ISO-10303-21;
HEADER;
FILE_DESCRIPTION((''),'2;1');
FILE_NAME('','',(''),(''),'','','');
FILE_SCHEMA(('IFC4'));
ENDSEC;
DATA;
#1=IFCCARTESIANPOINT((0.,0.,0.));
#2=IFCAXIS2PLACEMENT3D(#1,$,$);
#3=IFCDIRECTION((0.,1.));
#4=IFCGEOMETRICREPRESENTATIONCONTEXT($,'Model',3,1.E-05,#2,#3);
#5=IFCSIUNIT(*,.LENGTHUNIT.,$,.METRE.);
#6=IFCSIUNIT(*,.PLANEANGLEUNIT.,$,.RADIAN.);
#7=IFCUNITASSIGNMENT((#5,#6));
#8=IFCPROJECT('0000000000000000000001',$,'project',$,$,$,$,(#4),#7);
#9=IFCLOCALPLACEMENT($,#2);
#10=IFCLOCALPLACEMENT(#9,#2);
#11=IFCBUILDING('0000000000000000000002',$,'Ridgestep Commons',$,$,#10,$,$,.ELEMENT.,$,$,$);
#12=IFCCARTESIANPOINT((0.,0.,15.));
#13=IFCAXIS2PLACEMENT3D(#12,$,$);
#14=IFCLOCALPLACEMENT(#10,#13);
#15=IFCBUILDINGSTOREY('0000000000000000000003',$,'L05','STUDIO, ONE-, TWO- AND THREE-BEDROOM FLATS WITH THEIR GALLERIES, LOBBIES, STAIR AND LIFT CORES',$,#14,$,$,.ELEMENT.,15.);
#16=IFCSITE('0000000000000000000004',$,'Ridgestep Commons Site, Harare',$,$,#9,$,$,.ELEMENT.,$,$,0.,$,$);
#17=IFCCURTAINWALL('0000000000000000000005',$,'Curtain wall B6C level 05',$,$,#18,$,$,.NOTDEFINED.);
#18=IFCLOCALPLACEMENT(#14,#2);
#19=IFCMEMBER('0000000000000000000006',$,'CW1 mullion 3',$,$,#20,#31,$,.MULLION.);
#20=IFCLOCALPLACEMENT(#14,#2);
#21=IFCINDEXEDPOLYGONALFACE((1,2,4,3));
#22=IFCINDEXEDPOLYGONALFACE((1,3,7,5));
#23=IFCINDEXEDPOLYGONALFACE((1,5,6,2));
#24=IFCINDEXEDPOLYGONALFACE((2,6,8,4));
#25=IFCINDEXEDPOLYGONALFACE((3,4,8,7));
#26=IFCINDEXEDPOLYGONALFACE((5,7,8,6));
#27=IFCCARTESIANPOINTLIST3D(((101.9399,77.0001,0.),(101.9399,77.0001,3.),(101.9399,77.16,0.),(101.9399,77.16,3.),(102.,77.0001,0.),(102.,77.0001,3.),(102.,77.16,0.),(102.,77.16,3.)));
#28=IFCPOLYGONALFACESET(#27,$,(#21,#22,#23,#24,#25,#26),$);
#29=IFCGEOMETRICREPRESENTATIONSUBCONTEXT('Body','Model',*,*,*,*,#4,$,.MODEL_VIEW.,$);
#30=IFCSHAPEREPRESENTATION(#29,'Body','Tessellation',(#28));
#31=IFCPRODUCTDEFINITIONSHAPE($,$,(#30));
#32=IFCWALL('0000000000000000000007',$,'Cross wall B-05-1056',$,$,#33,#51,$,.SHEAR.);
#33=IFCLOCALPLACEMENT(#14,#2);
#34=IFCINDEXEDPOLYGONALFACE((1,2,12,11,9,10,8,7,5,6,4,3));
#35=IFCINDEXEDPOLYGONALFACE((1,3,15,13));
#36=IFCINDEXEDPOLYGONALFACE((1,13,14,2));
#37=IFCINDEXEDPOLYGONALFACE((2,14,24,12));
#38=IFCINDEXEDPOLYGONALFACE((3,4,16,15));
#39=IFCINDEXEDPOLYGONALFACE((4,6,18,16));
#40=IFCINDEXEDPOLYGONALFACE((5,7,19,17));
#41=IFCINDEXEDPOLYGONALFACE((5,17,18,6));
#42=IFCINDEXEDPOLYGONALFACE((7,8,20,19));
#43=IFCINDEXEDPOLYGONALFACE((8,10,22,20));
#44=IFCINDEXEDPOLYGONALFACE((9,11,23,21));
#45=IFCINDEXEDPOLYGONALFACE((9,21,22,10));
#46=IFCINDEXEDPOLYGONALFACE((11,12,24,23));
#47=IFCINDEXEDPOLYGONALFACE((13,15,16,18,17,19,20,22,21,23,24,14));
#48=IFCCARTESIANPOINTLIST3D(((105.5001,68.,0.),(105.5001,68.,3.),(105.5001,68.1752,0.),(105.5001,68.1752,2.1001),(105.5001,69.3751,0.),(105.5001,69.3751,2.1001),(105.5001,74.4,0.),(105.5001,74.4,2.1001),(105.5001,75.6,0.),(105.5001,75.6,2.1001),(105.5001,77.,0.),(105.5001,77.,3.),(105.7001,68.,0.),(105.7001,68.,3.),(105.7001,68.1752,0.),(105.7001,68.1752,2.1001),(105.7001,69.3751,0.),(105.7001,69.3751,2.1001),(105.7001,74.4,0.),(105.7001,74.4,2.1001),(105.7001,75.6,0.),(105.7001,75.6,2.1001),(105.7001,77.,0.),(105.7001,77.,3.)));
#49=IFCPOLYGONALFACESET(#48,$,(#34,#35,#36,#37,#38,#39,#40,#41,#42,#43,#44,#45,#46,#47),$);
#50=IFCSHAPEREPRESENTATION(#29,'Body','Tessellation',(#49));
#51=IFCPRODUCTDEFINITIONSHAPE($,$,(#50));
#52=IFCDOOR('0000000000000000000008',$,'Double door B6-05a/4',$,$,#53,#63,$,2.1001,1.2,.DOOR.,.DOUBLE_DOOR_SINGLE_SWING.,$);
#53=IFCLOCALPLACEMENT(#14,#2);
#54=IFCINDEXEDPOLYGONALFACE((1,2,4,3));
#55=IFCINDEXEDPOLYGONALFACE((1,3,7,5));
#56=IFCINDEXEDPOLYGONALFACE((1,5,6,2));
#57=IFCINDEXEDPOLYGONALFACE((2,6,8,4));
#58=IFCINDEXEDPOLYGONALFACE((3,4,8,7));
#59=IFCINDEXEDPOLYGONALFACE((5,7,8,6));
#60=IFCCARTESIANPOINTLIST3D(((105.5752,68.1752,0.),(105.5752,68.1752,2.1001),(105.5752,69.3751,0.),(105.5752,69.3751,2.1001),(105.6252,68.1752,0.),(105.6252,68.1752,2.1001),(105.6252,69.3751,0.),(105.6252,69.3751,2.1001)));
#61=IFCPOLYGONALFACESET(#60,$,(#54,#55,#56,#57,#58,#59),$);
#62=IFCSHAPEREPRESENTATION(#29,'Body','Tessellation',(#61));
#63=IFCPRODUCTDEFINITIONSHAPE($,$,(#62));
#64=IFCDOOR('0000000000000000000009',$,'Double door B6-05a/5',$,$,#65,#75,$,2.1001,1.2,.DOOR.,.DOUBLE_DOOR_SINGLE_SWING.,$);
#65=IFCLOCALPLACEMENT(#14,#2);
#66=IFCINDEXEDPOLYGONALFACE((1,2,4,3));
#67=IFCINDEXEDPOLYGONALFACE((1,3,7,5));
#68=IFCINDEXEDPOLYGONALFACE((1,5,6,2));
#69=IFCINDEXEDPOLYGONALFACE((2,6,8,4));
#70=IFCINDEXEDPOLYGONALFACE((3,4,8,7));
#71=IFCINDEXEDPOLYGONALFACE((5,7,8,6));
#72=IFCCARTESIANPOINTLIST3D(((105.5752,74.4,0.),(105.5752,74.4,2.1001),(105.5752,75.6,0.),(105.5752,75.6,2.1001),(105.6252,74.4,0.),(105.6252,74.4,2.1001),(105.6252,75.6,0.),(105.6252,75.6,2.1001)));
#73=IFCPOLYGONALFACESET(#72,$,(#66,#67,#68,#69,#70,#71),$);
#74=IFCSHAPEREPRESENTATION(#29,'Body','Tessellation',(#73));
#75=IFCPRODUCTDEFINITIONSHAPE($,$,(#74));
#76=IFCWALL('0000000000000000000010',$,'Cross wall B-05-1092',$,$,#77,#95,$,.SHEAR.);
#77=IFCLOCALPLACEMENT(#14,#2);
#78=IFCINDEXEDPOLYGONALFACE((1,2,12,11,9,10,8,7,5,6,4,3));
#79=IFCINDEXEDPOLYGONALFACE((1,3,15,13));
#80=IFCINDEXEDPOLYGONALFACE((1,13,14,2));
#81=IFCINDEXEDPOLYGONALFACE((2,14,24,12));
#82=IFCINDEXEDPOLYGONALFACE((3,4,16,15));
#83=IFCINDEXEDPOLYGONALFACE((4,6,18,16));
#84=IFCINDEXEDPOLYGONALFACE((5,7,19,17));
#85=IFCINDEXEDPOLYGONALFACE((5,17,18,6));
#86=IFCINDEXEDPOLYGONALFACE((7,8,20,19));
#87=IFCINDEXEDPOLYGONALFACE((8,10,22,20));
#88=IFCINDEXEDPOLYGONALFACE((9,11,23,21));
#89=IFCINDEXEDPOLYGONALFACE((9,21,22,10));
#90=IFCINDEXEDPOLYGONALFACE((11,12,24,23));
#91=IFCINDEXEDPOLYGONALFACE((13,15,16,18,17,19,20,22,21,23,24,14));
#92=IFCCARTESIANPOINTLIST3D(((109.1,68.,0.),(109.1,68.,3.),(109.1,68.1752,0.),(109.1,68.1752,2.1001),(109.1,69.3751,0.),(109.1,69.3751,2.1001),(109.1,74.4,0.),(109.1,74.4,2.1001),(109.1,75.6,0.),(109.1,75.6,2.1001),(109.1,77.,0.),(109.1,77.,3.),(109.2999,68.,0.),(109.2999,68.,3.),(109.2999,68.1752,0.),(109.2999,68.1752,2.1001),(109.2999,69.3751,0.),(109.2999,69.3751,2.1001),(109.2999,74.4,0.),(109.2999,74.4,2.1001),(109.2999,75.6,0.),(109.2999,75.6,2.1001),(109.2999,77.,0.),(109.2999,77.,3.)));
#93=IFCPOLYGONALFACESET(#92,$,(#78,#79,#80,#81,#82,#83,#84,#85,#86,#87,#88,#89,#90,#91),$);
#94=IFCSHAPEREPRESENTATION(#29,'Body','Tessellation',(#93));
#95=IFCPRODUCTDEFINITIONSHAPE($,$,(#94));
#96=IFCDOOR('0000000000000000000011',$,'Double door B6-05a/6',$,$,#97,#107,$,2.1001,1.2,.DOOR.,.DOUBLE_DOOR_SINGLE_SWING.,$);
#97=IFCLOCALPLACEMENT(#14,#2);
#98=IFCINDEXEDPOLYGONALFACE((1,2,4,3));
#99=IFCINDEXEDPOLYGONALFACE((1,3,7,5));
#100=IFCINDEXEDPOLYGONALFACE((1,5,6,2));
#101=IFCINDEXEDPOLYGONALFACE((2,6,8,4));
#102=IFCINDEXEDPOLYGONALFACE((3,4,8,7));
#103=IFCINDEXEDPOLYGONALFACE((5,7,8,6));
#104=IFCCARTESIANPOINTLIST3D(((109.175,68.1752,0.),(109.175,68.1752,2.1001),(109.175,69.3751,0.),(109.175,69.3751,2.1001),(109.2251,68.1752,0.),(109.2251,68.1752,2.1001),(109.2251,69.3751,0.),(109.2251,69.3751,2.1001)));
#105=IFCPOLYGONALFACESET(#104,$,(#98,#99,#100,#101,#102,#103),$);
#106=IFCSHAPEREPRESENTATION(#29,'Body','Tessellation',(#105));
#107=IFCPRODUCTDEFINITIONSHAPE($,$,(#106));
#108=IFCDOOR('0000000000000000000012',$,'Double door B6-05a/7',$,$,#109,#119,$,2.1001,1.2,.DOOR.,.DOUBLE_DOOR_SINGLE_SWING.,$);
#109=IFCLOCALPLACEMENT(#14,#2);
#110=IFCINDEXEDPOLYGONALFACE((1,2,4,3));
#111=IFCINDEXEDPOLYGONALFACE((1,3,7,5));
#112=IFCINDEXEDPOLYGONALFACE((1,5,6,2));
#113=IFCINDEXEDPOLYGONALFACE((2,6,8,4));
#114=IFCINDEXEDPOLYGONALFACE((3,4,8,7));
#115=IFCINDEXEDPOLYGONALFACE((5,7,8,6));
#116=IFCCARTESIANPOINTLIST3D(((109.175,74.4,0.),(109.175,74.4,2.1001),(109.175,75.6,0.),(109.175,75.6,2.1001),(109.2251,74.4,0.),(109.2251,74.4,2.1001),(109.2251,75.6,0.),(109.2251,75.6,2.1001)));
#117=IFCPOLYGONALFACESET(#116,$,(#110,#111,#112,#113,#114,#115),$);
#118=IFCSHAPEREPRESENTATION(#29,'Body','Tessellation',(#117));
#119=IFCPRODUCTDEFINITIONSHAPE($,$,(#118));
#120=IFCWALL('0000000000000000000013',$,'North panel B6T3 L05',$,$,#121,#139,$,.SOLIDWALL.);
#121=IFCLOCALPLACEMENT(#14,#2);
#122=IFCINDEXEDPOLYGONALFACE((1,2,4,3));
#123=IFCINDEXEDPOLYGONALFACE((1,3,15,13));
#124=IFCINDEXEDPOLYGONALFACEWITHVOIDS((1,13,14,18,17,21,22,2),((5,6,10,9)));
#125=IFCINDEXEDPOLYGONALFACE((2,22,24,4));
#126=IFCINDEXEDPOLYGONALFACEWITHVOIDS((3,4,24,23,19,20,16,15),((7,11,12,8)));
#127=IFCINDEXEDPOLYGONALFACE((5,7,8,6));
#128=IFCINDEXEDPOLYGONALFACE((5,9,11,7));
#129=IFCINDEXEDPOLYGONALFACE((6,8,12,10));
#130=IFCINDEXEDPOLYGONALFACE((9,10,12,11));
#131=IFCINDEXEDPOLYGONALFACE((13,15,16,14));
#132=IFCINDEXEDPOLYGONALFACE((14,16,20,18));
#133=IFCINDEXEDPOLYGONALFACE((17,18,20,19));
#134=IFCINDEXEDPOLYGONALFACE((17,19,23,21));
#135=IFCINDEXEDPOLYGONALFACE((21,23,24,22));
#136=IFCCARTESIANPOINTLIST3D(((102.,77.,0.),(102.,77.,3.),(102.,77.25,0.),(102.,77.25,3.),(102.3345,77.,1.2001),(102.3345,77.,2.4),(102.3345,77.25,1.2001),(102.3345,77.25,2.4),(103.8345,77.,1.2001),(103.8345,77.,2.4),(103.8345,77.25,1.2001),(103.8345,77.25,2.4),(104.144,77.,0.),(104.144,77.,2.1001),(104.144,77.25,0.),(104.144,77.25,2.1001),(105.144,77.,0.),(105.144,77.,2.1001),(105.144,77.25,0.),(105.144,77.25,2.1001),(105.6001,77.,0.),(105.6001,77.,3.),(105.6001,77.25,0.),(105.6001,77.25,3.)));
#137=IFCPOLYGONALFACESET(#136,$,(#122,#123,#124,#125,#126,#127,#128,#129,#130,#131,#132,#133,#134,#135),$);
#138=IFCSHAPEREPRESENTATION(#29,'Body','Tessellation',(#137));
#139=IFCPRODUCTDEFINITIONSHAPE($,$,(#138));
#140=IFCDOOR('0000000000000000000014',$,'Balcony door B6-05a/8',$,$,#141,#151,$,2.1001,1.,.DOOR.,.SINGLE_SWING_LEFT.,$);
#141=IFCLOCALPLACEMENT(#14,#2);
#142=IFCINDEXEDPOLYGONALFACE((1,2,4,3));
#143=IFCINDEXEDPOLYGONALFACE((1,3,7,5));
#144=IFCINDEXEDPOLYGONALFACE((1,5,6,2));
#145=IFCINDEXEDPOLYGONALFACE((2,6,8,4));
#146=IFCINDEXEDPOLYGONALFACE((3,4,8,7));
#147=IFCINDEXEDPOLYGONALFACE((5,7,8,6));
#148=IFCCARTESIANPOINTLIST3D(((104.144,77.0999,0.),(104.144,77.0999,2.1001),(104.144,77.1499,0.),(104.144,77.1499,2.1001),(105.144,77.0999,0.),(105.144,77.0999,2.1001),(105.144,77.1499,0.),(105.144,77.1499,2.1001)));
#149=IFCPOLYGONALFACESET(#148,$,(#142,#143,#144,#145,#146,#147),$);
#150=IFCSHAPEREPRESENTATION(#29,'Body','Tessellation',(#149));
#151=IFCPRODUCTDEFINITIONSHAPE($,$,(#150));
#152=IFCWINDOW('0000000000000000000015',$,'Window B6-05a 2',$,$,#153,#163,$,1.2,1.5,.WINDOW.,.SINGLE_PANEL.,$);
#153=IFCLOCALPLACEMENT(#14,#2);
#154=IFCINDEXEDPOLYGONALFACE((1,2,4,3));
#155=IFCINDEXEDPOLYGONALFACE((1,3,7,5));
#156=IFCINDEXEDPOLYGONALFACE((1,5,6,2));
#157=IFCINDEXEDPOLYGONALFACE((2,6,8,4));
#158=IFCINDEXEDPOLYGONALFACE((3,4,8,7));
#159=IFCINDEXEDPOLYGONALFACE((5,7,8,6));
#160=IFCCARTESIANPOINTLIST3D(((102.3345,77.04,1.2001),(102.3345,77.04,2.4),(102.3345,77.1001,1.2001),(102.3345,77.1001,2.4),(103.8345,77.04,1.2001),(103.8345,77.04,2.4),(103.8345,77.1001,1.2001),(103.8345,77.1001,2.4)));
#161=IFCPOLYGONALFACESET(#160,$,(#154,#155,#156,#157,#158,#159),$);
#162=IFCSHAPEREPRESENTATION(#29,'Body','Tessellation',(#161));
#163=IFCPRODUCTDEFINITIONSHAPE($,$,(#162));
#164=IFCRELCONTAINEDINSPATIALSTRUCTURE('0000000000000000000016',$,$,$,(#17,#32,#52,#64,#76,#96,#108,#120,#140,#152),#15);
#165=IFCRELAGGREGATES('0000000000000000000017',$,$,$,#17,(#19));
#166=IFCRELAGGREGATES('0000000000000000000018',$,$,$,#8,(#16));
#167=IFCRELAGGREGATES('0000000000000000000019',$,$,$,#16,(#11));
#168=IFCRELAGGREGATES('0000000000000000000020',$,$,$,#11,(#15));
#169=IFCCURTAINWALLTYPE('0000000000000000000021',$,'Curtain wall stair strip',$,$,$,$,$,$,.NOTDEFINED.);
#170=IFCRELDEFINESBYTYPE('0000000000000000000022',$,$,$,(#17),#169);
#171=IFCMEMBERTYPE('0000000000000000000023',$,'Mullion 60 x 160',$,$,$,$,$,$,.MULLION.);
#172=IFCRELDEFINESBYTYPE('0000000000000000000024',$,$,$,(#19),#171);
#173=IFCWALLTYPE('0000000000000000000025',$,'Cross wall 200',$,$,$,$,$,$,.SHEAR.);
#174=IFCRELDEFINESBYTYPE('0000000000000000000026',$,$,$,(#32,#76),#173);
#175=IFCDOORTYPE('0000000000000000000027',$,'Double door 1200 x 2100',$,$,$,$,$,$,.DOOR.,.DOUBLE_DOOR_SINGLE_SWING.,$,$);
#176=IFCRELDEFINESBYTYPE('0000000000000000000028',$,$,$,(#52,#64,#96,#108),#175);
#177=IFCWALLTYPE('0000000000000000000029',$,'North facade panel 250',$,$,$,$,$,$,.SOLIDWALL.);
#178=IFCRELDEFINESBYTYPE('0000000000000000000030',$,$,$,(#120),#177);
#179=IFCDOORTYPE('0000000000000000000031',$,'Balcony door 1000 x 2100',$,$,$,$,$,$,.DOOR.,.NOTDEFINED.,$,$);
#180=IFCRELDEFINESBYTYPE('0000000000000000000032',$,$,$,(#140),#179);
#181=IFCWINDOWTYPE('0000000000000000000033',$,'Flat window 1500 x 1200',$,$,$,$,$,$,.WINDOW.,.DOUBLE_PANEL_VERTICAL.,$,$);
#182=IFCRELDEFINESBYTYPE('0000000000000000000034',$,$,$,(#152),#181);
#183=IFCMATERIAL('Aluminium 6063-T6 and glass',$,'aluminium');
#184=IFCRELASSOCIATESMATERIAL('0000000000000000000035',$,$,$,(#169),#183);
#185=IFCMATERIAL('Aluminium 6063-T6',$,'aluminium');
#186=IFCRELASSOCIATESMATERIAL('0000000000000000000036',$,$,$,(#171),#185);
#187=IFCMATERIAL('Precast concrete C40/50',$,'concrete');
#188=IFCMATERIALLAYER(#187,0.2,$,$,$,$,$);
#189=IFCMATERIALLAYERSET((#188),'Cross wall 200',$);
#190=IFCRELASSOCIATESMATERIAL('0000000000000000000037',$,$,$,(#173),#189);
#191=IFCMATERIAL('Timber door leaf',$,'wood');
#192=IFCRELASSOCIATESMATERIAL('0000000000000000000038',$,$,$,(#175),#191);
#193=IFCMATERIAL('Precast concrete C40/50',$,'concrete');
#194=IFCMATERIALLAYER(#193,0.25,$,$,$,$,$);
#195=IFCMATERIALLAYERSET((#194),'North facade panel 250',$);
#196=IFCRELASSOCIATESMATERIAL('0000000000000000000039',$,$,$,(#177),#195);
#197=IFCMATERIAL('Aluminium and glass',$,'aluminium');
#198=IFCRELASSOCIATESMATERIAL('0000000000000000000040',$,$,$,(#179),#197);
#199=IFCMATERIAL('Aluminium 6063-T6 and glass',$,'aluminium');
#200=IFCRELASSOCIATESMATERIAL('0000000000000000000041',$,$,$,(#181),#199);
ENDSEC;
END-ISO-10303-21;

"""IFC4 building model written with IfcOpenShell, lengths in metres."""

from ifc_helpers import new_model, si_unit, direction, frame, frame_2d, origin, origin_2d, place, context, subcontext, project, spatial, rectangle, extrude, material, layer, layer_set, material_profile, profile_set, type_object, element, fill, aggregate, save


model = new_model("IFC4")

# Units and contexts
model_context = context("Model", 3, precision=1e-05, world=origin(), true_north=direction((0.0, 1.0)))
body_context = subcontext(model_context, "Body", "Model", "MODEL_VIEW")
ifc_project = project(units=[si_unit("LENGTHUNIT", "METRE"), si_unit("PLANEANGLEUNIT", "RADIAN")], contexts=[model_context])

# Site, building, storey
site_placement = place(None, origin())
site = spatial("IfcSite", under=ifc_project, at=site_placement, Name="Ridgestep Commons Site, Harare", CompositionType="ELEMENT", RefElevation=0.0)
building_placement = place(site_placement, origin())
building = spatial("IfcBuilding", under=site, at=building_placement, Name="Ridgestep Commons", CompositionType="ELEMENT")
storey_placement = place(building_placement, frame((0.0, 0.0, 15.0)))
storey = spatial("IfcBuildingStorey", under=building, at=storey_placement, Name="L05", Description="STUDIO, ONE-, TWO- AND THREE-BEDROOM FLATS WITH THEIR GALLERIES, LOBBIES, STAIR AND LIFT CORES", CompositionType="ELEMENT", Elevation=15.0)

# Curtain wall, member
ifc_material_1 = material(Name="Aluminium 6063-T6 and glass", Category="aluminium")
curtain_wall_type = type_object("IfcCurtainWallType", Name="Curtain wall stair strip", PredefinedType="NOTDEFINED", material=ifc_material_1)
curtain_wall_placement = place(storey_placement, origin())
curtain_wall = element("IfcCurtainWall", 1, at=curtain_wall_placement, inside=storey, type_object=curtain_wall_type, Name="Curtain wall B6C level 05", PredefinedType="NOTDEFINED")
ifc_material_2 = material(Name="Aluminium 6063-T6", Category="aluminium")
ifc_material_profile = material_profile(ifc_material_2, rectangle(XDim=0.1599, YDim=0.0601, at=origin_2d()), Name="Mullion 60 x 160")
ifc_profile_set = profile_set([ifc_material_profile], Name="Aluminium 6063-T6")
member_type = type_object("IfcMemberType", Name="Mullion 60 x 160", PredefinedType="MULLION", material=ifc_profile_set)
member_placement = place(storey_placement, frame((101.97, 77.0801, 0.0), z_axis=(0.0, 0.0, 1.0), x_axis=(0.0, 1.0, 0.0)))
member = element("IfcMember", 2, at=member_placement, type_object=member_type, Name="CW1 mullion 3", PredefinedType="MULLION", context=body_context, shape_type="SweptSolid", body=[
    extrude(rectangle(XDim=0.1599, YDim=0.0601, at=origin_2d()), origin(), (0.0, 0.0, 1.0), 3.0),
])
aggregate(curtain_wall, [member])

# Walls, openings, doors
ifc_material_3 = material(Name="Precast concrete C40/50", Category="concrete")
ifc_layer_1 = layer(ifc_material_3, 0.2)
ifc_layer_set_1 = layer_set([ifc_layer_1], Name="Cross wall 200")
wall_type_1 = type_object("IfcWallType", Name="Cross wall 200", PredefinedType="SHEAR", material=ifc_layer_set_1)
wall_1_placement = place(storey_placement, frame((105.6001, 68.0, 0.0), z_axis=(0.0, 0.0, 1.0), x_axis=(0.0, 1.0, 0.0)))
wall_1 = element("IfcWall", 3, at=wall_1_placement, inside=storey, type_object=wall_type_1, Name="Cross wall B-05-1056", PredefinedType="SHEAR", context=body_context, shape_type="SweptSolid", body=[
    extrude(rectangle(XDim=9.0, YDim=0.2, at=frame_2d((4.5, 0.0))), origin(), (0.0, 0.0, 1.0), 3.0),
])
opening_1_placement = place(wall_1_placement, frame((0.175, 0.0, 0.0)))
opening_1 = element("IfcOpeningElement", 4, at=opening_1_placement, cuts=wall_1, PredefinedType="OPENING", context=body_context, shape_type="SweptSolid", body=[
    extrude(rectangle(XDim=1.2, YDim=2.1001, at=frame_2d((0.6001, 1.05))), frame((0.0, 0.1099, 0.0), z_axis=(0.0, -1.0, 0.0), x_axis=(1.0, 0.0, 0.0)), (0.0, 0.0, 1.0), 0.22),
])
opening_2_placement = place(wall_1_placement, frame((6.3999, 0.0, 0.0)))
opening_2 = element("IfcOpeningElement", 5, at=opening_2_placement, cuts=wall_1, PredefinedType="OPENING", context=body_context, shape_type="SweptSolid", body=[
    extrude(rectangle(XDim=1.2, YDim=2.1001, at=frame_2d((0.6001, 1.05))), frame((0.0, 0.1099, 0.0), z_axis=(0.0, -1.0, 0.0), x_axis=(1.0, 0.0, 0.0)), (0.0, 0.0, 1.0), 0.22),
])
ifc_material_4 = material(Name="Timber door leaf", Category="wood")
door_type_1 = type_object("IfcDoorType", Name="Double door 1200 x 2100", OperationType="DOUBLE_DOOR_SINGLE_SWING", PredefinedType="DOOR", material=ifc_material_4)
door_1_placement = place(opening_1_placement, origin())
door_1 = element("IfcDoor", 6, at=door_1_placement, inside=storey, type_object=door_type_1, Name="Double door B6-05a/4", OperationType="DOUBLE_DOOR_SINGLE_SWING", OverallHeight=2.1001, OverallWidth=1.2, PredefinedType="DOOR", context=body_context, shape_type="SweptSolid", body=[
    extrude(rectangle(XDim=1.2, YDim=2.1001, at=frame_2d((0.6001, 1.05))), frame((0.0, 0.0249, 0.0), z_axis=(0.0, -1.0, 0.0), x_axis=(1.0, 0.0, 0.0)), (0.0, 0.0, 1.0), 0.05),
])
fill(opening_1, door_1)
door_2_placement = place(opening_2_placement, origin())
door_2 = element("IfcDoor", 7, at=door_2_placement, inside=storey, type_object=door_type_1, Name="Double door B6-05a/5", OperationType="DOUBLE_DOOR_SINGLE_SWING", OverallHeight=2.1001, OverallWidth=1.2, PredefinedType="DOOR", context=body_context, shape_type="SweptSolid", body=[
    extrude(rectangle(XDim=1.2, YDim=2.1001, at=frame_2d((0.6001, 1.05))), frame((0.0, 0.0249, 0.0), z_axis=(0.0, -1.0, 0.0), x_axis=(1.0, 0.0, 0.0)), (0.0, 0.0, 1.0), 0.05),
])
fill(opening_2, door_2)
wall_2_placement = place(storey_placement, frame((109.2, 68.0, 0.0), z_axis=(0.0, 0.0, 1.0), x_axis=(0.0, 1.0, 0.0)))
wall_2 = element("IfcWall", 8, at=wall_2_placement, inside=storey, type_object=wall_type_1, Name="Cross wall B-05-1092", PredefinedType="SHEAR", context=body_context, shape_type="SweptSolid", body=[
    extrude(rectangle(XDim=9.0, YDim=0.2, at=frame_2d((4.5, 0.0))), origin(), (0.0, 0.0, 1.0), 3.0),
])
opening_3_placement = place(wall_2_placement, frame((0.175, 0.0, 0.0)))
opening_3 = element("IfcOpeningElement", 9, at=opening_3_placement, cuts=wall_2, PredefinedType="OPENING", context=body_context, shape_type="SweptSolid", body=[
    extrude(rectangle(XDim=1.2, YDim=2.1001, at=frame_2d((0.6001, 1.05))), frame((0.0, 0.1099, 0.0), z_axis=(0.0, -1.0, 0.0), x_axis=(1.0, 0.0, 0.0)), (0.0, 0.0, 1.0), 0.22),
])
opening_4_placement = place(wall_2_placement, frame((6.3999, 0.0, 0.0)))
opening_4 = element("IfcOpeningElement", 10, at=opening_4_placement, cuts=wall_2, PredefinedType="OPENING", context=body_context, shape_type="SweptSolid", body=[
    extrude(rectangle(XDim=1.2, YDim=2.1001, at=frame_2d((0.6001, 1.05))), frame((0.0, 0.1099, 0.0), z_axis=(0.0, -1.0, 0.0), x_axis=(1.0, 0.0, 0.0)), (0.0, 0.0, 1.0), 0.22),
])
door_3_placement = place(opening_3_placement, origin())
door_3 = element("IfcDoor", 11, at=door_3_placement, inside=storey, type_object=door_type_1, Name="Double door B6-05a/6", OperationType="DOUBLE_DOOR_SINGLE_SWING", OverallHeight=2.1001, OverallWidth=1.2, PredefinedType="DOOR", context=body_context, shape_type="SweptSolid", body=[
    extrude(rectangle(XDim=1.2, YDim=2.1001, at=frame_2d((0.6001, 1.05))), frame((0.0, 0.0249, 0.0), z_axis=(0.0, -1.0, 0.0), x_axis=(1.0, 0.0, 0.0)), (0.0, 0.0, 1.0), 0.05),
])
fill(opening_3, door_3)
door_4_placement = place(opening_4_placement, origin())
door_4 = element("IfcDoor", 12, at=door_4_placement, inside=storey, type_object=door_type_1, Name="Double door B6-05a/7", OperationType="DOUBLE_DOOR_SINGLE_SWING", OverallHeight=2.1001, OverallWidth=1.2, PredefinedType="DOOR", context=body_context, shape_type="SweptSolid", body=[
    extrude(rectangle(XDim=1.2, YDim=2.1001, at=frame_2d((0.6001, 1.05))), frame((0.0, 0.0249, 0.0), z_axis=(0.0, -1.0, 0.0), x_axis=(1.0, 0.0, 0.0)), (0.0, 0.0, 1.0), 0.05),
])
fill(opening_4, door_4)

# Wall, openings, door, window
ifc_material_5 = material(Name="Precast concrete C40/50", Category="concrete")
ifc_layer_2 = layer(ifc_material_5, 0.25)
ifc_layer_set_2 = layer_set([ifc_layer_2], Name="North facade panel 250")
wall_type_2 = type_object("IfcWallType", Name="North facade panel 250", PredefinedType="SOLIDWALL", material=ifc_layer_set_2)
wall_3_placement = place(storey_placement, frame((102.0, 77.125, 0.0), z_axis=(0.0, 0.0, 1.0), x_axis=(1.0, 0.0, 0.0)))
wall_3 = element("IfcWall", 13, at=wall_3_placement, inside=storey, type_object=wall_type_2, Name="North panel B6T3 L05", PredefinedType="SOLIDWALL", context=body_context, shape_type="SweptSolid", body=[
    extrude(rectangle(XDim=3.6001, YDim=0.25, at=frame_2d((1.8, 0.0))), origin(), (0.0, 0.0, 1.0), 3.0),
])
opening_5_placement = place(wall_3_placement, frame((0.3345, 0.0, 1.2)))
opening_5 = element("IfcOpeningElement", 14, at=opening_5_placement, cuts=wall_3, PredefinedType="OPENING", context=body_context, shape_type="SweptSolid", body=[
    extrude(rectangle(XDim=1.5, YDim=1.2, at=frame_2d((0.75, 0.6001))), frame((0.0, 0.135, 0.0), z_axis=(0.0, -1.0, 0.0), x_axis=(1.0, 0.0, 0.0)), (0.0, 0.0, 1.0), 0.27),
])
opening_6_placement = place(wall_3_placement, frame((2.144, 0.0, 0.0)))
opening_6 = element("IfcOpeningElement", 15, at=opening_6_placement, cuts=wall_3, PredefinedType="OPENING", context=body_context, shape_type="SweptSolid", body=[
    extrude(rectangle(XDim=1.0, YDim=2.1001, at=frame_2d((0.5, 1.05))), frame((0.0, 0.135, 0.0), z_axis=(0.0, -1.0, 0.0), x_axis=(1.0, 0.0, 0.0)), (0.0, 0.0, 1.0), 0.27),
])
ifc_material_6 = material(Name="Aluminium and glass", Category="aluminium")
door_type_2 = type_object("IfcDoorType", Name="Balcony door 1000 x 2100", OperationType="NOTDEFINED", PredefinedType="DOOR", material=ifc_material_6)
door_5_placement = place(opening_6_placement, origin())
door_5 = element("IfcDoor", 16, at=door_5_placement, inside=storey, type_object=door_type_2, Name="Balcony door B6-05a/8", OperationType="SINGLE_SWING_LEFT", OverallHeight=2.1001, OverallWidth=1.0, PredefinedType="DOOR", context=body_context, shape_type="SweptSolid", body=[
    extrude(rectangle(XDim=1.0, YDim=2.1001, at=frame_2d((0.5, 1.05))), frame((0.0, 0.0249, 0.0), z_axis=(0.0, -1.0, 0.0), x_axis=(1.0, 0.0, 0.0)), (0.0, 0.0, 1.0), 0.05),
])
fill(opening_6, door_5)
ifc_material_7 = material(Name="Aluminium 6063-T6 and glass", Category="aluminium")
window_type_1 = type_object("IfcWindowType", Name="Flat window 1500 x 1200", PartitioningType="DOUBLE_PANEL_VERTICAL", PredefinedType="WINDOW", material=ifc_material_7)
window_1_placement = place(opening_5_placement, origin())
window_1 = element("IfcWindow", 17, at=window_1_placement, inside=storey, type_object=window_type_1, Name="Window B6-05a 2", OverallHeight=1.2, OverallWidth=1.5, PartitioningType="SINGLE_PANEL", PredefinedType="WINDOW", context=body_context, shape_type="SweptSolid", body=[
    extrude(rectangle(XDim=1.5, YDim=1.2, at=frame_2d((0.75, 0.6001))), frame((0.0, -0.0249, 0.0), z_axis=(0.0, -1.0, 0.0), x_axis=(1.0, 0.0, 0.0)), (0.0, 0.0, 1.0), 0.0601),
])
fill(opening_5, window_1)

save(model, "model.ifc")
